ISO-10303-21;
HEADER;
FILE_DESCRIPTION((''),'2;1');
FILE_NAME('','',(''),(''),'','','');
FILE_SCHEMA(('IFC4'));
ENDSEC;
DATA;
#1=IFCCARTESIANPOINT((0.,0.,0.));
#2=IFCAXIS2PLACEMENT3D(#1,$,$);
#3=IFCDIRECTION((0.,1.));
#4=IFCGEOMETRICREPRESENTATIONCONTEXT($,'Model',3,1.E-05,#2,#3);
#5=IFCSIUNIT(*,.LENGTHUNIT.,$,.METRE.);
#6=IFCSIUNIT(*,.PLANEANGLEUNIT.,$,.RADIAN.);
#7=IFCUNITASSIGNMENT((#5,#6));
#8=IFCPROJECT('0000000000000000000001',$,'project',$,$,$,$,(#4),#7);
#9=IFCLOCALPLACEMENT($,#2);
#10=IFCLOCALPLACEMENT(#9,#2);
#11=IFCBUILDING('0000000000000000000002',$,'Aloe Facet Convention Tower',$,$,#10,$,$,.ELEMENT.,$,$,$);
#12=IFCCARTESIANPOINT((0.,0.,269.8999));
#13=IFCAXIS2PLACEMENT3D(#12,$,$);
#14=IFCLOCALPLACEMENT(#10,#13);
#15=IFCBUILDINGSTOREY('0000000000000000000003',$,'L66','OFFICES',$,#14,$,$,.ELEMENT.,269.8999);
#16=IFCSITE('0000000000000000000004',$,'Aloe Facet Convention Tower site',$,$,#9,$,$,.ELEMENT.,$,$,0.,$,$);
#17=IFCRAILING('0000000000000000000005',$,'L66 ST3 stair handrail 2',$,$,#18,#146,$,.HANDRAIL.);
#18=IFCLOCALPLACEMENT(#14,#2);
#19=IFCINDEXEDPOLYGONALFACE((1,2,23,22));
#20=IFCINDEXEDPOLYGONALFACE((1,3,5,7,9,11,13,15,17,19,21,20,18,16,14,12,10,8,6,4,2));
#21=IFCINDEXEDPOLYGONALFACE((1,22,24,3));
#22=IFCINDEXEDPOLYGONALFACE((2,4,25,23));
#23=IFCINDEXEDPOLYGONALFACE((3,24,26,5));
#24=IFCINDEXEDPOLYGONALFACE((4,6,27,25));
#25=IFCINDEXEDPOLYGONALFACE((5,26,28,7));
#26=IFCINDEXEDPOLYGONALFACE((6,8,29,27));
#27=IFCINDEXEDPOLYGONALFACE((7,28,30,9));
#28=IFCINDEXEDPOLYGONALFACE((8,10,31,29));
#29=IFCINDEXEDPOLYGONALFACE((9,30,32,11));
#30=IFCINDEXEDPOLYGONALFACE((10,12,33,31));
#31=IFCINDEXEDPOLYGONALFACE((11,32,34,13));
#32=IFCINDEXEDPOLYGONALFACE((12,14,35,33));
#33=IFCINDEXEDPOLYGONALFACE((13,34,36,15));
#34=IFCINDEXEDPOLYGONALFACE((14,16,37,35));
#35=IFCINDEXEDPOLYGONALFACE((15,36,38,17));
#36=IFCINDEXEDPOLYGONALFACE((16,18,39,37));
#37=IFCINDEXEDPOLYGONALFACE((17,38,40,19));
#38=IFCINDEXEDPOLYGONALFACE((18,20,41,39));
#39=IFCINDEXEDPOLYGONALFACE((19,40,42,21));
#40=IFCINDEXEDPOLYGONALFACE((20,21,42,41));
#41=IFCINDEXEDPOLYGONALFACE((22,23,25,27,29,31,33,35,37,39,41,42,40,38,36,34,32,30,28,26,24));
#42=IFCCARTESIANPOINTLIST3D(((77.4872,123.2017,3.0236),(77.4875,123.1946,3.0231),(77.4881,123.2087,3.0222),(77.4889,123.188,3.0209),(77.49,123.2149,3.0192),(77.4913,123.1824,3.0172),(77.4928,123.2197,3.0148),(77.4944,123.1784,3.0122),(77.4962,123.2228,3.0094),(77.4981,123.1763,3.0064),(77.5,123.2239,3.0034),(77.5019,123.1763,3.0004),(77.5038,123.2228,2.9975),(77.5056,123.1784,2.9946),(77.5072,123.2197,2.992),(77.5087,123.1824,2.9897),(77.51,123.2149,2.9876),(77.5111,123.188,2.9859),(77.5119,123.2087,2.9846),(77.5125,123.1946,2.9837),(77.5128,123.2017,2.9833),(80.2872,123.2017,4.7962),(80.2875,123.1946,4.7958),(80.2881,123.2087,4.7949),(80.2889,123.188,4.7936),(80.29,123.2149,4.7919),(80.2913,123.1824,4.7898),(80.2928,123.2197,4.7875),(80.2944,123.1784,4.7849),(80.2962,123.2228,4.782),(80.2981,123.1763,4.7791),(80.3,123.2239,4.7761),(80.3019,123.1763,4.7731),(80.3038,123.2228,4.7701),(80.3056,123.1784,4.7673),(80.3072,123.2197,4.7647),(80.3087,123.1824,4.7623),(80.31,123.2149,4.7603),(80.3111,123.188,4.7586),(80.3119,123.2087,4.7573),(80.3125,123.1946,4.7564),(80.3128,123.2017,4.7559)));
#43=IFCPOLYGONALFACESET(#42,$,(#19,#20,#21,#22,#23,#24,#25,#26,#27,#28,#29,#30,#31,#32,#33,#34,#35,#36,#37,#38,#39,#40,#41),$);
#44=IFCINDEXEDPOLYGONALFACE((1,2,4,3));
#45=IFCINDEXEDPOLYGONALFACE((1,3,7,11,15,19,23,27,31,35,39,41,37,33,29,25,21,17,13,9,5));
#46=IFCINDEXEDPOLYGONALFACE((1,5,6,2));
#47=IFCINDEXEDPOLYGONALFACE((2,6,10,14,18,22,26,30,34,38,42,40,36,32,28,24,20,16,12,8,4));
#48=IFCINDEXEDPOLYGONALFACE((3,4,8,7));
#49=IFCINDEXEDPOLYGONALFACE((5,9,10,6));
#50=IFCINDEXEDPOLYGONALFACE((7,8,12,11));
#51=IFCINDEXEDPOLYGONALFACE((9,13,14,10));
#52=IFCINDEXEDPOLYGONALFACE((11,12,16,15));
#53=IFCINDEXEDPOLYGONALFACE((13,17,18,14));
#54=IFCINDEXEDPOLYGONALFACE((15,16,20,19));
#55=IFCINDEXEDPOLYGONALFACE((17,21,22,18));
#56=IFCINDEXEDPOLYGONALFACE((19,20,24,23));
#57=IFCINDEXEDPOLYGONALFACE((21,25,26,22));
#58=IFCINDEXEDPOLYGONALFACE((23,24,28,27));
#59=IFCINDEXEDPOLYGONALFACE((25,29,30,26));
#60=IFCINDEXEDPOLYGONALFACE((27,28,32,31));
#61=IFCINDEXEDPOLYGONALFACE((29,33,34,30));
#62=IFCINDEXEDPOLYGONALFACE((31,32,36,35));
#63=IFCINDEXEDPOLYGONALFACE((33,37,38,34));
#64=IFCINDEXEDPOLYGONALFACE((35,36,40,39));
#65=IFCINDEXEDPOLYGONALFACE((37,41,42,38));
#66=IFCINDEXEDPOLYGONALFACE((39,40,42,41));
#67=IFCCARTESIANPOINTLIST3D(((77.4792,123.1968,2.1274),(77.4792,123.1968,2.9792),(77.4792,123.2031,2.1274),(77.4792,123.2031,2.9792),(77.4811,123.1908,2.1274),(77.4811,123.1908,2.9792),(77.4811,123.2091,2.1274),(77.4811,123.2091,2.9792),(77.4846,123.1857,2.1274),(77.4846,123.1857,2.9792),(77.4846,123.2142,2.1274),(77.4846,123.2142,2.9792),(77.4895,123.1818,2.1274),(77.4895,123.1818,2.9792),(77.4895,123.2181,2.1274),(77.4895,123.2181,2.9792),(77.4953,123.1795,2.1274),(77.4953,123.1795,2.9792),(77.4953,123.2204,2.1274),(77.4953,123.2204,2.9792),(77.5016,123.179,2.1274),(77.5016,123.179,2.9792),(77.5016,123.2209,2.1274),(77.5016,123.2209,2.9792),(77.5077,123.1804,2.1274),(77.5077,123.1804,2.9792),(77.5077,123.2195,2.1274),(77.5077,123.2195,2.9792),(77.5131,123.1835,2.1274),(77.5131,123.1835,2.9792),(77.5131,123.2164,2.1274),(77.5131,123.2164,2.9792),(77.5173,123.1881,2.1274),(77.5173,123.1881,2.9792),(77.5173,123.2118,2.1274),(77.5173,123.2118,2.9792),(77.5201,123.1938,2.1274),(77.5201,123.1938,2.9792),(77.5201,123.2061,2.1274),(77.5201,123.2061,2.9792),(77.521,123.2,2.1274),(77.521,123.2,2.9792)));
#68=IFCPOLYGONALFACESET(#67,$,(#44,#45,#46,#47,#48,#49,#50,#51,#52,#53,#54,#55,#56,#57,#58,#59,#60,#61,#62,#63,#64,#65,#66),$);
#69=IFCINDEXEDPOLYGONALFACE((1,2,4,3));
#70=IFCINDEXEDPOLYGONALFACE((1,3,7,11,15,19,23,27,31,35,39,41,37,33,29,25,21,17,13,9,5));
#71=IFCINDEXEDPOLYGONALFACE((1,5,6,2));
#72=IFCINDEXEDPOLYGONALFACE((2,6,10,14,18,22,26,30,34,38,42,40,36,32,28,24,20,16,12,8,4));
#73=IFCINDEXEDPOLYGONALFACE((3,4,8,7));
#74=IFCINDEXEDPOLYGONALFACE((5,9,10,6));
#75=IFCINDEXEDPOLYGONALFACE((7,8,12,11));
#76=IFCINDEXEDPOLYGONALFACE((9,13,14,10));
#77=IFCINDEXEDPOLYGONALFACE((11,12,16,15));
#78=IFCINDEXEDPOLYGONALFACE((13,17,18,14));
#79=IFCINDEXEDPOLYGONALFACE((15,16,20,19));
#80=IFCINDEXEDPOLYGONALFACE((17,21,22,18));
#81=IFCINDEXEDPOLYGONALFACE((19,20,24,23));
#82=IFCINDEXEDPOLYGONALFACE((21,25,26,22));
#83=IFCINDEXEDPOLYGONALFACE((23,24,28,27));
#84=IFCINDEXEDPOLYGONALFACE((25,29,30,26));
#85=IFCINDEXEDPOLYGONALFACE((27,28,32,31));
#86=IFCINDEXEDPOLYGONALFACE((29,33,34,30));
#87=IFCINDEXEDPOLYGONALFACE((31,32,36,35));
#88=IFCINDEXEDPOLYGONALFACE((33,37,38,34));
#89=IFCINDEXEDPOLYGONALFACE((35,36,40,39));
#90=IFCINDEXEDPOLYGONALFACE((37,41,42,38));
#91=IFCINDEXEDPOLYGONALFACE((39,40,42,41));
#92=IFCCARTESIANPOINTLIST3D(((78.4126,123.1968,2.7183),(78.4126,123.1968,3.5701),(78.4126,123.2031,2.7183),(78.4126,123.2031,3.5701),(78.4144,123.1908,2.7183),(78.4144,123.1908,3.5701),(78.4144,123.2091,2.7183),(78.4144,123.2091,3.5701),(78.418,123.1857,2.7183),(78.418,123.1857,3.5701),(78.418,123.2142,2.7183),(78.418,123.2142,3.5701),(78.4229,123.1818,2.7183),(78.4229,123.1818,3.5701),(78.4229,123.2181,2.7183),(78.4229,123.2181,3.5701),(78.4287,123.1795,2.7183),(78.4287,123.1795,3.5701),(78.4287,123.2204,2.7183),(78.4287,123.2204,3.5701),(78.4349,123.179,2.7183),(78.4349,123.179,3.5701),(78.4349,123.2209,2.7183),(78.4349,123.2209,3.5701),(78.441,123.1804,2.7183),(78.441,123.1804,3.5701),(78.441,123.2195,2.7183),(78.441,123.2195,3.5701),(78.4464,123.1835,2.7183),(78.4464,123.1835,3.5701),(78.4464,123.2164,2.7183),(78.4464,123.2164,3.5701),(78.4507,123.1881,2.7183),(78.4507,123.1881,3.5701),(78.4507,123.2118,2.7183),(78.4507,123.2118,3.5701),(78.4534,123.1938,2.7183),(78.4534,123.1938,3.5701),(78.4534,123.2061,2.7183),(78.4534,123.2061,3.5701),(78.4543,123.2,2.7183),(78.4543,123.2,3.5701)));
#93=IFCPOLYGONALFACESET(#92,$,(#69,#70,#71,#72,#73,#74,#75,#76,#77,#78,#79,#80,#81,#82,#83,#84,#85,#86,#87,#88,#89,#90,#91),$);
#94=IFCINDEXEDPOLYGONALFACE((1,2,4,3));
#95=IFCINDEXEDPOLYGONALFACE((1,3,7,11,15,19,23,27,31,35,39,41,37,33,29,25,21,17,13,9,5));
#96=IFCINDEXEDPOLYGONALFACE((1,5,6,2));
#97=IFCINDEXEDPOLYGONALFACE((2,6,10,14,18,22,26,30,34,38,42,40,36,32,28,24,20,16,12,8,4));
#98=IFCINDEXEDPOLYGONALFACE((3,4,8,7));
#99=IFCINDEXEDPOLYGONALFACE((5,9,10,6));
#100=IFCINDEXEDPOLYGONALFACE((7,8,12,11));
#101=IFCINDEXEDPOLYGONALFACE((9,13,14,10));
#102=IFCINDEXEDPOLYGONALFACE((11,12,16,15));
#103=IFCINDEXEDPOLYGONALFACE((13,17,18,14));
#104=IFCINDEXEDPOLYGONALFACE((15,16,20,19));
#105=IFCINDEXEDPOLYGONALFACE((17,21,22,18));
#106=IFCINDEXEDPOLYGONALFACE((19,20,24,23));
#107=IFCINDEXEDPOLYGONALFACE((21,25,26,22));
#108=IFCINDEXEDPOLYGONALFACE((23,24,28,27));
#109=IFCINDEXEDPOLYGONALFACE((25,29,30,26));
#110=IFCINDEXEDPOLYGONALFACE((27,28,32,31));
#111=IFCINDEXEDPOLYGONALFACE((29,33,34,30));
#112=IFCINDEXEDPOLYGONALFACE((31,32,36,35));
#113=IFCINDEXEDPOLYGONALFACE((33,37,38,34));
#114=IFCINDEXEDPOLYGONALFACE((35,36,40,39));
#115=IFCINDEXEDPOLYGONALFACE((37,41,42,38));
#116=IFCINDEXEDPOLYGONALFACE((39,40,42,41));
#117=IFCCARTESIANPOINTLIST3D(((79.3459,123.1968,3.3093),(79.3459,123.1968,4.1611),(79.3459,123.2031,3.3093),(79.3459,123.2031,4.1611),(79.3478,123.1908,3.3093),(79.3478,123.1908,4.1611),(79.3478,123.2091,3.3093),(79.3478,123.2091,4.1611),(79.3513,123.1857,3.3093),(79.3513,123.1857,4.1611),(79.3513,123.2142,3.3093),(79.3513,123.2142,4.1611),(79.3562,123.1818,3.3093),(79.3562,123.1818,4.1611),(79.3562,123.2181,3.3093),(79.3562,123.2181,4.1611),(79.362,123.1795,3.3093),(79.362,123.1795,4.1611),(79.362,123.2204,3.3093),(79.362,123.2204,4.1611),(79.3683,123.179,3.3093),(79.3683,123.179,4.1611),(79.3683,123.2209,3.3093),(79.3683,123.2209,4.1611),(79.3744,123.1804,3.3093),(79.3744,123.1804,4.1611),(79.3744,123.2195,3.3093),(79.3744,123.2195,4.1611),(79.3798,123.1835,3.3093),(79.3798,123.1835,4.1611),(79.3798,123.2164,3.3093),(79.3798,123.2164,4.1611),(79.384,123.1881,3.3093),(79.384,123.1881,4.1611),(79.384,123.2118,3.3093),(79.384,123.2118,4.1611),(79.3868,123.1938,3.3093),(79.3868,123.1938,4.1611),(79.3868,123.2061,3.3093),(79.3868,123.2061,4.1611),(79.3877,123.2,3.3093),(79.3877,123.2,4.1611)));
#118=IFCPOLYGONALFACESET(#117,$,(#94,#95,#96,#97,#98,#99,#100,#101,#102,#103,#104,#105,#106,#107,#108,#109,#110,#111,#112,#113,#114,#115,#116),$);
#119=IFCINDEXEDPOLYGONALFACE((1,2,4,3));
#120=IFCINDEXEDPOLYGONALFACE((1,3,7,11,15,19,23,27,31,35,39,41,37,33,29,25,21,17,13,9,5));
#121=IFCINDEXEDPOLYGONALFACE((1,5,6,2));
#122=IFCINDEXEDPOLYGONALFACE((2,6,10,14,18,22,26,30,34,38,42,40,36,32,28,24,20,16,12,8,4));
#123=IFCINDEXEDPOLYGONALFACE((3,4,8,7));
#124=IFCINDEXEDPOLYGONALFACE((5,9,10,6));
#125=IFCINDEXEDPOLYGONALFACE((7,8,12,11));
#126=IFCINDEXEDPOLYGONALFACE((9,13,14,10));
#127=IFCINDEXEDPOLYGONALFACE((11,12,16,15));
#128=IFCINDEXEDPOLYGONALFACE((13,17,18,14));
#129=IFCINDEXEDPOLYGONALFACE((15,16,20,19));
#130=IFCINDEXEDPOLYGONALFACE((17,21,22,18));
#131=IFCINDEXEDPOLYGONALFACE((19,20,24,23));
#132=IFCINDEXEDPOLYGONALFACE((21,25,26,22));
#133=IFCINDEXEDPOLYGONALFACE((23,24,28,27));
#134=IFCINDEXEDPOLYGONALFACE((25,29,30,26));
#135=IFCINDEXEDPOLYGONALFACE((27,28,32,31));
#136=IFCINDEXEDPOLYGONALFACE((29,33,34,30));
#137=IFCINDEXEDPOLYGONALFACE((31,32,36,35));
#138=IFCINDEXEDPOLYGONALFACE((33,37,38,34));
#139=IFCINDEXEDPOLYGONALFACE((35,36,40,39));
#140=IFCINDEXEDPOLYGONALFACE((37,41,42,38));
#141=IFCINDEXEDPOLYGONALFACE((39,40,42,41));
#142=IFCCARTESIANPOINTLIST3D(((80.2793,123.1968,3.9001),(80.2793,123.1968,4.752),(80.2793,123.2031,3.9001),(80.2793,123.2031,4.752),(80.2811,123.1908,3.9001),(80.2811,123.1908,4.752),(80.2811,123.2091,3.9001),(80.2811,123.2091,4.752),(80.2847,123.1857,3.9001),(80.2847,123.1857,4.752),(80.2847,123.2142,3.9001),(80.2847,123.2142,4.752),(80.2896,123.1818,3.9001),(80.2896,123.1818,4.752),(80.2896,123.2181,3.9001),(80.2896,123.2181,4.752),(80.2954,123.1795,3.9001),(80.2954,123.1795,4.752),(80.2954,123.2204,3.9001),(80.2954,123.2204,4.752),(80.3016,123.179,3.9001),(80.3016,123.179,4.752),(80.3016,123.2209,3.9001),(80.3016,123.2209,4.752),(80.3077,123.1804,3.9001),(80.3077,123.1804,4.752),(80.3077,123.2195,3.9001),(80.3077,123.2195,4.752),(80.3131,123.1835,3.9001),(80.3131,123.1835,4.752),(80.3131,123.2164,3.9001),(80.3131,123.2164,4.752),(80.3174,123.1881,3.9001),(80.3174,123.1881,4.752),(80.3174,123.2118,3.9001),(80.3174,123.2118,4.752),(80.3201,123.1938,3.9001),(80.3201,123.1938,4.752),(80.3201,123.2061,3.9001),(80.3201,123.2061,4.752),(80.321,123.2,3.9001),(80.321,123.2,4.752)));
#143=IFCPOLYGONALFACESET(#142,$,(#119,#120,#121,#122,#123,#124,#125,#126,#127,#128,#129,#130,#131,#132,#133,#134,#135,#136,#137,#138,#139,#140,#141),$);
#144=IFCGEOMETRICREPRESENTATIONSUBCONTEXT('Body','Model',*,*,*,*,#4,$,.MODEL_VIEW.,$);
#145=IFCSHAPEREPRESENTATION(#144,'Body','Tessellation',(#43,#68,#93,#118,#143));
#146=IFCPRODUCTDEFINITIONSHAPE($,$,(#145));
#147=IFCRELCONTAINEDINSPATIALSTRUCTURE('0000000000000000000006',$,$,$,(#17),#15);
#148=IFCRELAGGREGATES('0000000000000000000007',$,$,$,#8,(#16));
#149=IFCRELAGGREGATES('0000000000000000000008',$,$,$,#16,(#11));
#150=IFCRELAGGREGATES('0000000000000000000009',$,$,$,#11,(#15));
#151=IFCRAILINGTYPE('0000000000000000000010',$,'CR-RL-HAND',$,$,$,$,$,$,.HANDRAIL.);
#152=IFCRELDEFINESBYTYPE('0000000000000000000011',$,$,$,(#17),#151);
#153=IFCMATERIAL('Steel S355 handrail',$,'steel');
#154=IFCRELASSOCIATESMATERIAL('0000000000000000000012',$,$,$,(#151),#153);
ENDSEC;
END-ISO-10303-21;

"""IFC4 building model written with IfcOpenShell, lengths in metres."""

from ifc_helpers import new_model, si_unit, direction, frame, origin, origin_2d, place, context, subcontext, project, spatial, circle, extrude, material, type_object, element, save


model = new_model("IFC4")

# Units and contexts
model_context = context("Model", 3, precision=1e-05, world=origin(), true_north=direction((0.0, 1.0)))
body_context = subcontext(model_context, "Body", "Model", "MODEL_VIEW")
ifc_project = project(units=[si_unit("LENGTHUNIT", "METRE"), si_unit("PLANEANGLEUNIT", "RADIAN")], contexts=[model_context])

# Site, building, storey
site_placement = place(None, origin())
site = spatial("IfcSite", under=ifc_project, at=site_placement, Name="Aloe Facet Convention Tower site", CompositionType="ELEMENT", RefElevation=0.0)
building_placement = place(site_placement, origin())
building = spatial("IfcBuilding", under=site, at=building_placement, Name="Aloe Facet Convention Tower", CompositionType="ELEMENT")
storey_placement = place(building_placement, frame((0.0, 0.0, 269.8999)))
storey = spatial("IfcBuildingStorey", under=building, at=storey_placement, Name="L66", Description="OFFICES", CompositionType="ELEMENT", Elevation=269.8999)

# Railing
ifc_material_1 = material(Name="Steel S355 handrail", Category="steel")
railing_type = type_object("IfcRailingType", Name="CR-RL-HAND", PredefinedType="HANDRAIL", material=ifc_material_1)
railing_placement = place(storey_placement, frame((77.5, 123.2, 2.1274)))
element("IfcRailing", 1, at=railing_placement, inside=storey, type_object=railing_type, Name="L66 ST3 stair handrail 2", PredefinedType="HANDRAIL", context=body_context, shape_type="SweptSolid", body=[
    extrude(circle(Radius=0.0239, at=origin_2d()), frame((0.0, 0.0, 0.876), z_axis=(0.844909, 0.0, 0.53491), x_axis=(0.0, 1.0, 0.0)), (0.0, 0.0, 1.0), 3.314),
    extrude(circle(Radius=0.021, at=origin_2d()), origin(), (0.0, 0.0, 1.0), 0.8518),
    extrude(circle(Radius=0.021, at=origin_2d()), frame((0.9333, 0.0, 0.5908)), (0.0, 0.0, 1.0), 0.8518),
    extrude(circle(Radius=0.021, at=origin_2d()), frame((1.8667, 0.0, 1.1819)), (0.0, 0.0, 1.0), 0.8518),
    extrude(circle(Radius=0.021, at=origin_2d()), frame((2.8, 0.0, 1.7727)), (0.0, 0.0, 1.0), 0.8518),
])

save(model, "model.ifc")
